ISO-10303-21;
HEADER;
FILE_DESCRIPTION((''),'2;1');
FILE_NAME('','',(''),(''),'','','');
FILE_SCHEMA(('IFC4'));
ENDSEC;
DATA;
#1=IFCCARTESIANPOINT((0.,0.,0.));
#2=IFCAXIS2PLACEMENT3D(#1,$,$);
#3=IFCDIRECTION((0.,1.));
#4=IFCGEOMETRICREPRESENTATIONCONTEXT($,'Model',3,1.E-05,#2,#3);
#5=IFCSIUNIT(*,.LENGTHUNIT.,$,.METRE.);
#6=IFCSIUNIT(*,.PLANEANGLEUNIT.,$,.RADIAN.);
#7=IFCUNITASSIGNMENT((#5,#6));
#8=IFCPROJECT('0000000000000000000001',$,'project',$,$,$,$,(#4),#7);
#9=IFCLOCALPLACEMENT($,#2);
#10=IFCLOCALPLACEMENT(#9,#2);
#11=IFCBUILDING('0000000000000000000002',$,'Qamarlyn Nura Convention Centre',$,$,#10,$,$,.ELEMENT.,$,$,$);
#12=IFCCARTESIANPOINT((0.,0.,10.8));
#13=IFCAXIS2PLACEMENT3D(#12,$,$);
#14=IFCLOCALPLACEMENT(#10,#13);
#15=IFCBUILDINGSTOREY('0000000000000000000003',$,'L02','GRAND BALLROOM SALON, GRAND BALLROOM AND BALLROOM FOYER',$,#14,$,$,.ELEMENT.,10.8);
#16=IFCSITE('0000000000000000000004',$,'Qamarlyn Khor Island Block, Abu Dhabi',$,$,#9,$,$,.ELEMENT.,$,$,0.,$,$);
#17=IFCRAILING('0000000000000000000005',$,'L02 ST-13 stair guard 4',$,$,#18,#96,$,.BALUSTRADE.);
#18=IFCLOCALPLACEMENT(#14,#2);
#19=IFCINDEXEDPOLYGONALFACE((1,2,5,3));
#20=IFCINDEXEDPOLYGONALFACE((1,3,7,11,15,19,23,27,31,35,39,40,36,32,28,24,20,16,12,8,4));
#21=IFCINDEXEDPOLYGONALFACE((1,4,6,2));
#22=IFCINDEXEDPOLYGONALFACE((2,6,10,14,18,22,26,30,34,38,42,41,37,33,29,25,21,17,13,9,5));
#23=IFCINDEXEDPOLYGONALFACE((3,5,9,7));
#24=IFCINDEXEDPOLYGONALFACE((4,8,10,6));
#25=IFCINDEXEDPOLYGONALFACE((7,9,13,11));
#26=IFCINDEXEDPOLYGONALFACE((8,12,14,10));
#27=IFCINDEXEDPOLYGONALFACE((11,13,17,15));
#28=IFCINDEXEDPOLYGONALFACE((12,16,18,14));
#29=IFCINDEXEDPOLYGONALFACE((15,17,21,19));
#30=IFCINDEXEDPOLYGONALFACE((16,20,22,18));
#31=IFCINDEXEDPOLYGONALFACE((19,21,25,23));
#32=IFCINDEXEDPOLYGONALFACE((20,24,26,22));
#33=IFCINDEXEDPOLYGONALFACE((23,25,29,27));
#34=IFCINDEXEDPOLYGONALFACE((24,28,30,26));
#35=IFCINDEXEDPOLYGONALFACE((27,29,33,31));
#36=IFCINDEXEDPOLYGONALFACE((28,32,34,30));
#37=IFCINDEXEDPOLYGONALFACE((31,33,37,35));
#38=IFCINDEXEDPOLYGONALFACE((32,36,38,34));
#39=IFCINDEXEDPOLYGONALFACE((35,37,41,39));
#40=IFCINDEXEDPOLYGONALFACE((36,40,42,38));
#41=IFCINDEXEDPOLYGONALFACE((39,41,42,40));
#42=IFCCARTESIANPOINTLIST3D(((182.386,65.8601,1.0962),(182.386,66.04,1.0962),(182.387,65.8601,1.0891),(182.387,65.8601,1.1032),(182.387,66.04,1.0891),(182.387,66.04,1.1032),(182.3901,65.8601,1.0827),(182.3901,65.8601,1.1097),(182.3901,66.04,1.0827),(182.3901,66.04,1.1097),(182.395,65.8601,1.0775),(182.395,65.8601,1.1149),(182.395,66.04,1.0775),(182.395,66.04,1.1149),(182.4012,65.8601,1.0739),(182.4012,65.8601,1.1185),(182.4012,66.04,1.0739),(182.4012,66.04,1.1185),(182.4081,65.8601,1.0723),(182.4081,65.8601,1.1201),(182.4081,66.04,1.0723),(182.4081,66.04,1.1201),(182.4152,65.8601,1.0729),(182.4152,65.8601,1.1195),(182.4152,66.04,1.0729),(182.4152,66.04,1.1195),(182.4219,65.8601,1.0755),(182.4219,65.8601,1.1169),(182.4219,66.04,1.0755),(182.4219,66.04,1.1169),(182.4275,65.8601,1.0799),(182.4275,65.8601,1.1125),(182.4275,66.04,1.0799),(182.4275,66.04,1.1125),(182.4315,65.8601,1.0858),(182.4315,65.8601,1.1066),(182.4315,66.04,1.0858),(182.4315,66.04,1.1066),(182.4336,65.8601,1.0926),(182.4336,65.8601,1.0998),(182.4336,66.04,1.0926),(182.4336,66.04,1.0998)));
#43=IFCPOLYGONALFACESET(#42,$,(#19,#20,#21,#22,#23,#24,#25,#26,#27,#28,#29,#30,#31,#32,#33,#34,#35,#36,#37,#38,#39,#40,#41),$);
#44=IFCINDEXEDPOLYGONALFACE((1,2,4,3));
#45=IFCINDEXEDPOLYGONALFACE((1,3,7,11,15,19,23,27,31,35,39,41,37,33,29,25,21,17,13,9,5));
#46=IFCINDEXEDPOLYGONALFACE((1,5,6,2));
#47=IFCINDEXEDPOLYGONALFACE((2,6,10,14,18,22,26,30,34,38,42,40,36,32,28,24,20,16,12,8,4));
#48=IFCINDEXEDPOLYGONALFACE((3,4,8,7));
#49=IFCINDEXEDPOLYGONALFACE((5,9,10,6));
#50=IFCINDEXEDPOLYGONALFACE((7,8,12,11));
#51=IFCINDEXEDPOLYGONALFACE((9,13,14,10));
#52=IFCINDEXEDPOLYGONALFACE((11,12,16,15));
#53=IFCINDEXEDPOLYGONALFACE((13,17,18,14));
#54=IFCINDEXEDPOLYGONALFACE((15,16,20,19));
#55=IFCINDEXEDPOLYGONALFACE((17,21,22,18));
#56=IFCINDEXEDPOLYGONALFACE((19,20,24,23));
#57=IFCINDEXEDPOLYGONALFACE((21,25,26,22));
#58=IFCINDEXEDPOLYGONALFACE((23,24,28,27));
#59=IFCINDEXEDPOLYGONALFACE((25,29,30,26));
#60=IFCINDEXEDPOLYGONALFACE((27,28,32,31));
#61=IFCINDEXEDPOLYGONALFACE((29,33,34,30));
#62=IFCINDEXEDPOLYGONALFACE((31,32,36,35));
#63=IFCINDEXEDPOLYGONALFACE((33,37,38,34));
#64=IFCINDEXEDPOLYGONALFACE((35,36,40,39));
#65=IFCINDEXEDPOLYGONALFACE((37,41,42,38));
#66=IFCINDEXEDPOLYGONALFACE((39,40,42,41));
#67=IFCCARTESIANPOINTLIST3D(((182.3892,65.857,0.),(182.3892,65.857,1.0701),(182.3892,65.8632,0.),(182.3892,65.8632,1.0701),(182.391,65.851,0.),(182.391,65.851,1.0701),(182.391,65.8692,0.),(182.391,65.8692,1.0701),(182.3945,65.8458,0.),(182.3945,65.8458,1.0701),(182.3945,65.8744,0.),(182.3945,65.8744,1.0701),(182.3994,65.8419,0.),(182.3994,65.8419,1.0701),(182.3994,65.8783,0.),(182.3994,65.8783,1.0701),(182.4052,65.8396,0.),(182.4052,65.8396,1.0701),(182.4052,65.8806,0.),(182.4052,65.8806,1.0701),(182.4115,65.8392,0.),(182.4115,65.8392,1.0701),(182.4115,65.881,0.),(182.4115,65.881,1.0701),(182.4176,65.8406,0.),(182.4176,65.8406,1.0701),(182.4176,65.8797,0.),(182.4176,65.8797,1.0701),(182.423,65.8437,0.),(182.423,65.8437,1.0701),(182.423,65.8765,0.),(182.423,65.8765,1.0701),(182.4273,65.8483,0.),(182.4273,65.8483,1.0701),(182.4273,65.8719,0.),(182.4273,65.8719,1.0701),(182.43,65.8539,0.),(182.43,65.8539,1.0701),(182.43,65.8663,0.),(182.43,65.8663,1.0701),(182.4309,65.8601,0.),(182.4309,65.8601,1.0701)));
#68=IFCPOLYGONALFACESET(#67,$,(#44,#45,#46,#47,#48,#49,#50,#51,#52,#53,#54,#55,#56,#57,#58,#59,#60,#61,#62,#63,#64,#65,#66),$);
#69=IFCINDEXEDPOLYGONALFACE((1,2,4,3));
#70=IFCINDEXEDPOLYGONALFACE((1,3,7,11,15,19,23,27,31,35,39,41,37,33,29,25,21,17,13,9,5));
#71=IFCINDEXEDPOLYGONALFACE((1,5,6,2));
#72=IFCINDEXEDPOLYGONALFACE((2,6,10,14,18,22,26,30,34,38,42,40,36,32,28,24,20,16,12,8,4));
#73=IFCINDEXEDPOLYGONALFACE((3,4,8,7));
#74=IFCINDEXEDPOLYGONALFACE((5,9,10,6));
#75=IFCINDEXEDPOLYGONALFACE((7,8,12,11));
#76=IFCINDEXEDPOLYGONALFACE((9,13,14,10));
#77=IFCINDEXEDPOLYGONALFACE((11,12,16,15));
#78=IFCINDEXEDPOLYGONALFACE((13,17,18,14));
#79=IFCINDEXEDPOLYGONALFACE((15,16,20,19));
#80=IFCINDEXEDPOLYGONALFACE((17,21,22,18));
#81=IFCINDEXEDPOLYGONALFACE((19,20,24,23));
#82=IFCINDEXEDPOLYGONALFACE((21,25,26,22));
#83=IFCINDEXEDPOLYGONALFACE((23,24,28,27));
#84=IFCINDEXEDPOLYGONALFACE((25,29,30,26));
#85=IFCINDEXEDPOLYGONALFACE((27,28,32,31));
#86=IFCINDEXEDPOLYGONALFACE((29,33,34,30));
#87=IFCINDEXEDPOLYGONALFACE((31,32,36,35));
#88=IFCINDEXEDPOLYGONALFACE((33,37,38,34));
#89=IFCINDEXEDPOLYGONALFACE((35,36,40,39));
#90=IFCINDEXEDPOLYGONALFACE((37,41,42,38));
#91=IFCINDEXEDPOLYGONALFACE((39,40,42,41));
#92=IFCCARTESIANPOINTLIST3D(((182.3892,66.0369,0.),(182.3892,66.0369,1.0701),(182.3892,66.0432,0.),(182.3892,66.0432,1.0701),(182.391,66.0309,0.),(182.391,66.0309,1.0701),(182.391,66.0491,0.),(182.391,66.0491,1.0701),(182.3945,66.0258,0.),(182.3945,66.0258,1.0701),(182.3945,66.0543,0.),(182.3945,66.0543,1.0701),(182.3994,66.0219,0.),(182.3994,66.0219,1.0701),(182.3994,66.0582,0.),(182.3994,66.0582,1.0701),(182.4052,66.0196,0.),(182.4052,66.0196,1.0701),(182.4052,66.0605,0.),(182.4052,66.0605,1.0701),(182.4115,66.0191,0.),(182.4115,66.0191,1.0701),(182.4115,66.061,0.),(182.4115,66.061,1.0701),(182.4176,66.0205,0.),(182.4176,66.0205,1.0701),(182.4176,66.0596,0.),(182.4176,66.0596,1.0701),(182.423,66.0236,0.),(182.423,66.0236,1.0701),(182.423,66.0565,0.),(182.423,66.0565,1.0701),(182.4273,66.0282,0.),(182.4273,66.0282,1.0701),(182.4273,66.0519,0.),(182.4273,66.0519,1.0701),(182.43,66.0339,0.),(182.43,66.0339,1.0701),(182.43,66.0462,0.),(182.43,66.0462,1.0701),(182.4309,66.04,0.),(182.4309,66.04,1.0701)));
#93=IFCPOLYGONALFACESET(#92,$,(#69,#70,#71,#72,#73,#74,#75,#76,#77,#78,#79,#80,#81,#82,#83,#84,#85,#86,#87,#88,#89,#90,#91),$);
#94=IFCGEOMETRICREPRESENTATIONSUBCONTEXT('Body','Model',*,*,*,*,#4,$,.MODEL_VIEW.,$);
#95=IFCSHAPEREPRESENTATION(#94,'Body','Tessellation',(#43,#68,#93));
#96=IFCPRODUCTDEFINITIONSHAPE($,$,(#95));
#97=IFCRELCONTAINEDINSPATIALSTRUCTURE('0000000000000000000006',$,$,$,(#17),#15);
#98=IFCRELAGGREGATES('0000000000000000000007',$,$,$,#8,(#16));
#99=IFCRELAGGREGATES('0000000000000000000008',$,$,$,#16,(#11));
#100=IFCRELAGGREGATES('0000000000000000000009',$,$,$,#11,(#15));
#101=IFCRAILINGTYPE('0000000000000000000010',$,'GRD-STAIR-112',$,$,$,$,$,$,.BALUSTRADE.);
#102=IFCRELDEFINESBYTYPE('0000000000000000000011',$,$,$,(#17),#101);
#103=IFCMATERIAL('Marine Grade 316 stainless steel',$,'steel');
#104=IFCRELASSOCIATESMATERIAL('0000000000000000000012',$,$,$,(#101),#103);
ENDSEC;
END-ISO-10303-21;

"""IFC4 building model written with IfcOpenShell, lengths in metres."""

from ifc_helpers import new_model, si_unit, direction, frame, origin, origin_2d, place, context, subcontext, project, spatial, circle, extrude, material, type_object, element, save


model = new_model("IFC4")

# Units and contexts
model_context = context("Model", 3, precision=1e-05, world=origin(), true_north=direction((0.0, 1.0)))
body_context = subcontext(model_context, "Body", "Model", "MODEL_VIEW")
ifc_project = project(units=[si_unit("LENGTHUNIT", "METRE"), si_unit("PLANEANGLEUNIT", "RADIAN")], contexts=[model_context])

# Site, building, storey
site_placement = place(None, origin())
site = spatial("IfcSite", under=ifc_project, at=site_placement, Name="Qamarlyn Khor Island Block, Abu Dhabi", CompositionType="ELEMENT", RefElevation=0.0)
building_placement = place(site_placement, origin())
building = spatial("IfcBuilding", under=site, at=building_placement, Name="Qamarlyn Nura Convention Centre", CompositionType="ELEMENT")
storey_placement = place(building_placement, frame((0.0, 0.0, 10.8)))
storey = spatial("IfcBuildingStorey", under=building, at=storey_placement, Name="L02", Description="GRAND BALLROOM SALON, GRAND BALLROOM AND BALLROOM FOYER", CompositionType="ELEMENT", Elevation=10.8)

# Shared definitions
ifc_material_1 = material(Name="Marine Grade 316 stainless steel", Category="steel")

# Railing
railing_type_1 = type_object("IfcRailingType", Name="GRD-STAIR-112", PredefinedType="BALUSTRADE", material=ifc_material_1)
railing_1_placement = place(storey_placement, frame((182.4099, 65.8601, 0.0)))
element("IfcRailing", 1, at=railing_1_placement, inside=storey, type_object=railing_type_1, Name="L02 ST-13 stair guard 4", PredefinedType="BALUSTRADE", context=body_context, shape_type="SweptSolid", body=[
    extrude(circle(Radius=0.0239, at=origin_2d()), frame((0.0, 0.0, 1.0962), z_axis=(0.0, 1.0, 0.0), x_axis=(-1.0, 0.0, 0.0)), (0.0, 0.0, 1.0), 0.1799),
    extrude(circle(Radius=0.021, at=origin_2d()), origin(), (0.0, 0.0, 1.0), 1.0701),
    extrude(circle(Radius=0.021, at=origin_2d()), frame((0.0, 0.1799, 0.0)), (0.0, 0.0, 1.0), 1.0701),
])

save(model, "model.ifc")
